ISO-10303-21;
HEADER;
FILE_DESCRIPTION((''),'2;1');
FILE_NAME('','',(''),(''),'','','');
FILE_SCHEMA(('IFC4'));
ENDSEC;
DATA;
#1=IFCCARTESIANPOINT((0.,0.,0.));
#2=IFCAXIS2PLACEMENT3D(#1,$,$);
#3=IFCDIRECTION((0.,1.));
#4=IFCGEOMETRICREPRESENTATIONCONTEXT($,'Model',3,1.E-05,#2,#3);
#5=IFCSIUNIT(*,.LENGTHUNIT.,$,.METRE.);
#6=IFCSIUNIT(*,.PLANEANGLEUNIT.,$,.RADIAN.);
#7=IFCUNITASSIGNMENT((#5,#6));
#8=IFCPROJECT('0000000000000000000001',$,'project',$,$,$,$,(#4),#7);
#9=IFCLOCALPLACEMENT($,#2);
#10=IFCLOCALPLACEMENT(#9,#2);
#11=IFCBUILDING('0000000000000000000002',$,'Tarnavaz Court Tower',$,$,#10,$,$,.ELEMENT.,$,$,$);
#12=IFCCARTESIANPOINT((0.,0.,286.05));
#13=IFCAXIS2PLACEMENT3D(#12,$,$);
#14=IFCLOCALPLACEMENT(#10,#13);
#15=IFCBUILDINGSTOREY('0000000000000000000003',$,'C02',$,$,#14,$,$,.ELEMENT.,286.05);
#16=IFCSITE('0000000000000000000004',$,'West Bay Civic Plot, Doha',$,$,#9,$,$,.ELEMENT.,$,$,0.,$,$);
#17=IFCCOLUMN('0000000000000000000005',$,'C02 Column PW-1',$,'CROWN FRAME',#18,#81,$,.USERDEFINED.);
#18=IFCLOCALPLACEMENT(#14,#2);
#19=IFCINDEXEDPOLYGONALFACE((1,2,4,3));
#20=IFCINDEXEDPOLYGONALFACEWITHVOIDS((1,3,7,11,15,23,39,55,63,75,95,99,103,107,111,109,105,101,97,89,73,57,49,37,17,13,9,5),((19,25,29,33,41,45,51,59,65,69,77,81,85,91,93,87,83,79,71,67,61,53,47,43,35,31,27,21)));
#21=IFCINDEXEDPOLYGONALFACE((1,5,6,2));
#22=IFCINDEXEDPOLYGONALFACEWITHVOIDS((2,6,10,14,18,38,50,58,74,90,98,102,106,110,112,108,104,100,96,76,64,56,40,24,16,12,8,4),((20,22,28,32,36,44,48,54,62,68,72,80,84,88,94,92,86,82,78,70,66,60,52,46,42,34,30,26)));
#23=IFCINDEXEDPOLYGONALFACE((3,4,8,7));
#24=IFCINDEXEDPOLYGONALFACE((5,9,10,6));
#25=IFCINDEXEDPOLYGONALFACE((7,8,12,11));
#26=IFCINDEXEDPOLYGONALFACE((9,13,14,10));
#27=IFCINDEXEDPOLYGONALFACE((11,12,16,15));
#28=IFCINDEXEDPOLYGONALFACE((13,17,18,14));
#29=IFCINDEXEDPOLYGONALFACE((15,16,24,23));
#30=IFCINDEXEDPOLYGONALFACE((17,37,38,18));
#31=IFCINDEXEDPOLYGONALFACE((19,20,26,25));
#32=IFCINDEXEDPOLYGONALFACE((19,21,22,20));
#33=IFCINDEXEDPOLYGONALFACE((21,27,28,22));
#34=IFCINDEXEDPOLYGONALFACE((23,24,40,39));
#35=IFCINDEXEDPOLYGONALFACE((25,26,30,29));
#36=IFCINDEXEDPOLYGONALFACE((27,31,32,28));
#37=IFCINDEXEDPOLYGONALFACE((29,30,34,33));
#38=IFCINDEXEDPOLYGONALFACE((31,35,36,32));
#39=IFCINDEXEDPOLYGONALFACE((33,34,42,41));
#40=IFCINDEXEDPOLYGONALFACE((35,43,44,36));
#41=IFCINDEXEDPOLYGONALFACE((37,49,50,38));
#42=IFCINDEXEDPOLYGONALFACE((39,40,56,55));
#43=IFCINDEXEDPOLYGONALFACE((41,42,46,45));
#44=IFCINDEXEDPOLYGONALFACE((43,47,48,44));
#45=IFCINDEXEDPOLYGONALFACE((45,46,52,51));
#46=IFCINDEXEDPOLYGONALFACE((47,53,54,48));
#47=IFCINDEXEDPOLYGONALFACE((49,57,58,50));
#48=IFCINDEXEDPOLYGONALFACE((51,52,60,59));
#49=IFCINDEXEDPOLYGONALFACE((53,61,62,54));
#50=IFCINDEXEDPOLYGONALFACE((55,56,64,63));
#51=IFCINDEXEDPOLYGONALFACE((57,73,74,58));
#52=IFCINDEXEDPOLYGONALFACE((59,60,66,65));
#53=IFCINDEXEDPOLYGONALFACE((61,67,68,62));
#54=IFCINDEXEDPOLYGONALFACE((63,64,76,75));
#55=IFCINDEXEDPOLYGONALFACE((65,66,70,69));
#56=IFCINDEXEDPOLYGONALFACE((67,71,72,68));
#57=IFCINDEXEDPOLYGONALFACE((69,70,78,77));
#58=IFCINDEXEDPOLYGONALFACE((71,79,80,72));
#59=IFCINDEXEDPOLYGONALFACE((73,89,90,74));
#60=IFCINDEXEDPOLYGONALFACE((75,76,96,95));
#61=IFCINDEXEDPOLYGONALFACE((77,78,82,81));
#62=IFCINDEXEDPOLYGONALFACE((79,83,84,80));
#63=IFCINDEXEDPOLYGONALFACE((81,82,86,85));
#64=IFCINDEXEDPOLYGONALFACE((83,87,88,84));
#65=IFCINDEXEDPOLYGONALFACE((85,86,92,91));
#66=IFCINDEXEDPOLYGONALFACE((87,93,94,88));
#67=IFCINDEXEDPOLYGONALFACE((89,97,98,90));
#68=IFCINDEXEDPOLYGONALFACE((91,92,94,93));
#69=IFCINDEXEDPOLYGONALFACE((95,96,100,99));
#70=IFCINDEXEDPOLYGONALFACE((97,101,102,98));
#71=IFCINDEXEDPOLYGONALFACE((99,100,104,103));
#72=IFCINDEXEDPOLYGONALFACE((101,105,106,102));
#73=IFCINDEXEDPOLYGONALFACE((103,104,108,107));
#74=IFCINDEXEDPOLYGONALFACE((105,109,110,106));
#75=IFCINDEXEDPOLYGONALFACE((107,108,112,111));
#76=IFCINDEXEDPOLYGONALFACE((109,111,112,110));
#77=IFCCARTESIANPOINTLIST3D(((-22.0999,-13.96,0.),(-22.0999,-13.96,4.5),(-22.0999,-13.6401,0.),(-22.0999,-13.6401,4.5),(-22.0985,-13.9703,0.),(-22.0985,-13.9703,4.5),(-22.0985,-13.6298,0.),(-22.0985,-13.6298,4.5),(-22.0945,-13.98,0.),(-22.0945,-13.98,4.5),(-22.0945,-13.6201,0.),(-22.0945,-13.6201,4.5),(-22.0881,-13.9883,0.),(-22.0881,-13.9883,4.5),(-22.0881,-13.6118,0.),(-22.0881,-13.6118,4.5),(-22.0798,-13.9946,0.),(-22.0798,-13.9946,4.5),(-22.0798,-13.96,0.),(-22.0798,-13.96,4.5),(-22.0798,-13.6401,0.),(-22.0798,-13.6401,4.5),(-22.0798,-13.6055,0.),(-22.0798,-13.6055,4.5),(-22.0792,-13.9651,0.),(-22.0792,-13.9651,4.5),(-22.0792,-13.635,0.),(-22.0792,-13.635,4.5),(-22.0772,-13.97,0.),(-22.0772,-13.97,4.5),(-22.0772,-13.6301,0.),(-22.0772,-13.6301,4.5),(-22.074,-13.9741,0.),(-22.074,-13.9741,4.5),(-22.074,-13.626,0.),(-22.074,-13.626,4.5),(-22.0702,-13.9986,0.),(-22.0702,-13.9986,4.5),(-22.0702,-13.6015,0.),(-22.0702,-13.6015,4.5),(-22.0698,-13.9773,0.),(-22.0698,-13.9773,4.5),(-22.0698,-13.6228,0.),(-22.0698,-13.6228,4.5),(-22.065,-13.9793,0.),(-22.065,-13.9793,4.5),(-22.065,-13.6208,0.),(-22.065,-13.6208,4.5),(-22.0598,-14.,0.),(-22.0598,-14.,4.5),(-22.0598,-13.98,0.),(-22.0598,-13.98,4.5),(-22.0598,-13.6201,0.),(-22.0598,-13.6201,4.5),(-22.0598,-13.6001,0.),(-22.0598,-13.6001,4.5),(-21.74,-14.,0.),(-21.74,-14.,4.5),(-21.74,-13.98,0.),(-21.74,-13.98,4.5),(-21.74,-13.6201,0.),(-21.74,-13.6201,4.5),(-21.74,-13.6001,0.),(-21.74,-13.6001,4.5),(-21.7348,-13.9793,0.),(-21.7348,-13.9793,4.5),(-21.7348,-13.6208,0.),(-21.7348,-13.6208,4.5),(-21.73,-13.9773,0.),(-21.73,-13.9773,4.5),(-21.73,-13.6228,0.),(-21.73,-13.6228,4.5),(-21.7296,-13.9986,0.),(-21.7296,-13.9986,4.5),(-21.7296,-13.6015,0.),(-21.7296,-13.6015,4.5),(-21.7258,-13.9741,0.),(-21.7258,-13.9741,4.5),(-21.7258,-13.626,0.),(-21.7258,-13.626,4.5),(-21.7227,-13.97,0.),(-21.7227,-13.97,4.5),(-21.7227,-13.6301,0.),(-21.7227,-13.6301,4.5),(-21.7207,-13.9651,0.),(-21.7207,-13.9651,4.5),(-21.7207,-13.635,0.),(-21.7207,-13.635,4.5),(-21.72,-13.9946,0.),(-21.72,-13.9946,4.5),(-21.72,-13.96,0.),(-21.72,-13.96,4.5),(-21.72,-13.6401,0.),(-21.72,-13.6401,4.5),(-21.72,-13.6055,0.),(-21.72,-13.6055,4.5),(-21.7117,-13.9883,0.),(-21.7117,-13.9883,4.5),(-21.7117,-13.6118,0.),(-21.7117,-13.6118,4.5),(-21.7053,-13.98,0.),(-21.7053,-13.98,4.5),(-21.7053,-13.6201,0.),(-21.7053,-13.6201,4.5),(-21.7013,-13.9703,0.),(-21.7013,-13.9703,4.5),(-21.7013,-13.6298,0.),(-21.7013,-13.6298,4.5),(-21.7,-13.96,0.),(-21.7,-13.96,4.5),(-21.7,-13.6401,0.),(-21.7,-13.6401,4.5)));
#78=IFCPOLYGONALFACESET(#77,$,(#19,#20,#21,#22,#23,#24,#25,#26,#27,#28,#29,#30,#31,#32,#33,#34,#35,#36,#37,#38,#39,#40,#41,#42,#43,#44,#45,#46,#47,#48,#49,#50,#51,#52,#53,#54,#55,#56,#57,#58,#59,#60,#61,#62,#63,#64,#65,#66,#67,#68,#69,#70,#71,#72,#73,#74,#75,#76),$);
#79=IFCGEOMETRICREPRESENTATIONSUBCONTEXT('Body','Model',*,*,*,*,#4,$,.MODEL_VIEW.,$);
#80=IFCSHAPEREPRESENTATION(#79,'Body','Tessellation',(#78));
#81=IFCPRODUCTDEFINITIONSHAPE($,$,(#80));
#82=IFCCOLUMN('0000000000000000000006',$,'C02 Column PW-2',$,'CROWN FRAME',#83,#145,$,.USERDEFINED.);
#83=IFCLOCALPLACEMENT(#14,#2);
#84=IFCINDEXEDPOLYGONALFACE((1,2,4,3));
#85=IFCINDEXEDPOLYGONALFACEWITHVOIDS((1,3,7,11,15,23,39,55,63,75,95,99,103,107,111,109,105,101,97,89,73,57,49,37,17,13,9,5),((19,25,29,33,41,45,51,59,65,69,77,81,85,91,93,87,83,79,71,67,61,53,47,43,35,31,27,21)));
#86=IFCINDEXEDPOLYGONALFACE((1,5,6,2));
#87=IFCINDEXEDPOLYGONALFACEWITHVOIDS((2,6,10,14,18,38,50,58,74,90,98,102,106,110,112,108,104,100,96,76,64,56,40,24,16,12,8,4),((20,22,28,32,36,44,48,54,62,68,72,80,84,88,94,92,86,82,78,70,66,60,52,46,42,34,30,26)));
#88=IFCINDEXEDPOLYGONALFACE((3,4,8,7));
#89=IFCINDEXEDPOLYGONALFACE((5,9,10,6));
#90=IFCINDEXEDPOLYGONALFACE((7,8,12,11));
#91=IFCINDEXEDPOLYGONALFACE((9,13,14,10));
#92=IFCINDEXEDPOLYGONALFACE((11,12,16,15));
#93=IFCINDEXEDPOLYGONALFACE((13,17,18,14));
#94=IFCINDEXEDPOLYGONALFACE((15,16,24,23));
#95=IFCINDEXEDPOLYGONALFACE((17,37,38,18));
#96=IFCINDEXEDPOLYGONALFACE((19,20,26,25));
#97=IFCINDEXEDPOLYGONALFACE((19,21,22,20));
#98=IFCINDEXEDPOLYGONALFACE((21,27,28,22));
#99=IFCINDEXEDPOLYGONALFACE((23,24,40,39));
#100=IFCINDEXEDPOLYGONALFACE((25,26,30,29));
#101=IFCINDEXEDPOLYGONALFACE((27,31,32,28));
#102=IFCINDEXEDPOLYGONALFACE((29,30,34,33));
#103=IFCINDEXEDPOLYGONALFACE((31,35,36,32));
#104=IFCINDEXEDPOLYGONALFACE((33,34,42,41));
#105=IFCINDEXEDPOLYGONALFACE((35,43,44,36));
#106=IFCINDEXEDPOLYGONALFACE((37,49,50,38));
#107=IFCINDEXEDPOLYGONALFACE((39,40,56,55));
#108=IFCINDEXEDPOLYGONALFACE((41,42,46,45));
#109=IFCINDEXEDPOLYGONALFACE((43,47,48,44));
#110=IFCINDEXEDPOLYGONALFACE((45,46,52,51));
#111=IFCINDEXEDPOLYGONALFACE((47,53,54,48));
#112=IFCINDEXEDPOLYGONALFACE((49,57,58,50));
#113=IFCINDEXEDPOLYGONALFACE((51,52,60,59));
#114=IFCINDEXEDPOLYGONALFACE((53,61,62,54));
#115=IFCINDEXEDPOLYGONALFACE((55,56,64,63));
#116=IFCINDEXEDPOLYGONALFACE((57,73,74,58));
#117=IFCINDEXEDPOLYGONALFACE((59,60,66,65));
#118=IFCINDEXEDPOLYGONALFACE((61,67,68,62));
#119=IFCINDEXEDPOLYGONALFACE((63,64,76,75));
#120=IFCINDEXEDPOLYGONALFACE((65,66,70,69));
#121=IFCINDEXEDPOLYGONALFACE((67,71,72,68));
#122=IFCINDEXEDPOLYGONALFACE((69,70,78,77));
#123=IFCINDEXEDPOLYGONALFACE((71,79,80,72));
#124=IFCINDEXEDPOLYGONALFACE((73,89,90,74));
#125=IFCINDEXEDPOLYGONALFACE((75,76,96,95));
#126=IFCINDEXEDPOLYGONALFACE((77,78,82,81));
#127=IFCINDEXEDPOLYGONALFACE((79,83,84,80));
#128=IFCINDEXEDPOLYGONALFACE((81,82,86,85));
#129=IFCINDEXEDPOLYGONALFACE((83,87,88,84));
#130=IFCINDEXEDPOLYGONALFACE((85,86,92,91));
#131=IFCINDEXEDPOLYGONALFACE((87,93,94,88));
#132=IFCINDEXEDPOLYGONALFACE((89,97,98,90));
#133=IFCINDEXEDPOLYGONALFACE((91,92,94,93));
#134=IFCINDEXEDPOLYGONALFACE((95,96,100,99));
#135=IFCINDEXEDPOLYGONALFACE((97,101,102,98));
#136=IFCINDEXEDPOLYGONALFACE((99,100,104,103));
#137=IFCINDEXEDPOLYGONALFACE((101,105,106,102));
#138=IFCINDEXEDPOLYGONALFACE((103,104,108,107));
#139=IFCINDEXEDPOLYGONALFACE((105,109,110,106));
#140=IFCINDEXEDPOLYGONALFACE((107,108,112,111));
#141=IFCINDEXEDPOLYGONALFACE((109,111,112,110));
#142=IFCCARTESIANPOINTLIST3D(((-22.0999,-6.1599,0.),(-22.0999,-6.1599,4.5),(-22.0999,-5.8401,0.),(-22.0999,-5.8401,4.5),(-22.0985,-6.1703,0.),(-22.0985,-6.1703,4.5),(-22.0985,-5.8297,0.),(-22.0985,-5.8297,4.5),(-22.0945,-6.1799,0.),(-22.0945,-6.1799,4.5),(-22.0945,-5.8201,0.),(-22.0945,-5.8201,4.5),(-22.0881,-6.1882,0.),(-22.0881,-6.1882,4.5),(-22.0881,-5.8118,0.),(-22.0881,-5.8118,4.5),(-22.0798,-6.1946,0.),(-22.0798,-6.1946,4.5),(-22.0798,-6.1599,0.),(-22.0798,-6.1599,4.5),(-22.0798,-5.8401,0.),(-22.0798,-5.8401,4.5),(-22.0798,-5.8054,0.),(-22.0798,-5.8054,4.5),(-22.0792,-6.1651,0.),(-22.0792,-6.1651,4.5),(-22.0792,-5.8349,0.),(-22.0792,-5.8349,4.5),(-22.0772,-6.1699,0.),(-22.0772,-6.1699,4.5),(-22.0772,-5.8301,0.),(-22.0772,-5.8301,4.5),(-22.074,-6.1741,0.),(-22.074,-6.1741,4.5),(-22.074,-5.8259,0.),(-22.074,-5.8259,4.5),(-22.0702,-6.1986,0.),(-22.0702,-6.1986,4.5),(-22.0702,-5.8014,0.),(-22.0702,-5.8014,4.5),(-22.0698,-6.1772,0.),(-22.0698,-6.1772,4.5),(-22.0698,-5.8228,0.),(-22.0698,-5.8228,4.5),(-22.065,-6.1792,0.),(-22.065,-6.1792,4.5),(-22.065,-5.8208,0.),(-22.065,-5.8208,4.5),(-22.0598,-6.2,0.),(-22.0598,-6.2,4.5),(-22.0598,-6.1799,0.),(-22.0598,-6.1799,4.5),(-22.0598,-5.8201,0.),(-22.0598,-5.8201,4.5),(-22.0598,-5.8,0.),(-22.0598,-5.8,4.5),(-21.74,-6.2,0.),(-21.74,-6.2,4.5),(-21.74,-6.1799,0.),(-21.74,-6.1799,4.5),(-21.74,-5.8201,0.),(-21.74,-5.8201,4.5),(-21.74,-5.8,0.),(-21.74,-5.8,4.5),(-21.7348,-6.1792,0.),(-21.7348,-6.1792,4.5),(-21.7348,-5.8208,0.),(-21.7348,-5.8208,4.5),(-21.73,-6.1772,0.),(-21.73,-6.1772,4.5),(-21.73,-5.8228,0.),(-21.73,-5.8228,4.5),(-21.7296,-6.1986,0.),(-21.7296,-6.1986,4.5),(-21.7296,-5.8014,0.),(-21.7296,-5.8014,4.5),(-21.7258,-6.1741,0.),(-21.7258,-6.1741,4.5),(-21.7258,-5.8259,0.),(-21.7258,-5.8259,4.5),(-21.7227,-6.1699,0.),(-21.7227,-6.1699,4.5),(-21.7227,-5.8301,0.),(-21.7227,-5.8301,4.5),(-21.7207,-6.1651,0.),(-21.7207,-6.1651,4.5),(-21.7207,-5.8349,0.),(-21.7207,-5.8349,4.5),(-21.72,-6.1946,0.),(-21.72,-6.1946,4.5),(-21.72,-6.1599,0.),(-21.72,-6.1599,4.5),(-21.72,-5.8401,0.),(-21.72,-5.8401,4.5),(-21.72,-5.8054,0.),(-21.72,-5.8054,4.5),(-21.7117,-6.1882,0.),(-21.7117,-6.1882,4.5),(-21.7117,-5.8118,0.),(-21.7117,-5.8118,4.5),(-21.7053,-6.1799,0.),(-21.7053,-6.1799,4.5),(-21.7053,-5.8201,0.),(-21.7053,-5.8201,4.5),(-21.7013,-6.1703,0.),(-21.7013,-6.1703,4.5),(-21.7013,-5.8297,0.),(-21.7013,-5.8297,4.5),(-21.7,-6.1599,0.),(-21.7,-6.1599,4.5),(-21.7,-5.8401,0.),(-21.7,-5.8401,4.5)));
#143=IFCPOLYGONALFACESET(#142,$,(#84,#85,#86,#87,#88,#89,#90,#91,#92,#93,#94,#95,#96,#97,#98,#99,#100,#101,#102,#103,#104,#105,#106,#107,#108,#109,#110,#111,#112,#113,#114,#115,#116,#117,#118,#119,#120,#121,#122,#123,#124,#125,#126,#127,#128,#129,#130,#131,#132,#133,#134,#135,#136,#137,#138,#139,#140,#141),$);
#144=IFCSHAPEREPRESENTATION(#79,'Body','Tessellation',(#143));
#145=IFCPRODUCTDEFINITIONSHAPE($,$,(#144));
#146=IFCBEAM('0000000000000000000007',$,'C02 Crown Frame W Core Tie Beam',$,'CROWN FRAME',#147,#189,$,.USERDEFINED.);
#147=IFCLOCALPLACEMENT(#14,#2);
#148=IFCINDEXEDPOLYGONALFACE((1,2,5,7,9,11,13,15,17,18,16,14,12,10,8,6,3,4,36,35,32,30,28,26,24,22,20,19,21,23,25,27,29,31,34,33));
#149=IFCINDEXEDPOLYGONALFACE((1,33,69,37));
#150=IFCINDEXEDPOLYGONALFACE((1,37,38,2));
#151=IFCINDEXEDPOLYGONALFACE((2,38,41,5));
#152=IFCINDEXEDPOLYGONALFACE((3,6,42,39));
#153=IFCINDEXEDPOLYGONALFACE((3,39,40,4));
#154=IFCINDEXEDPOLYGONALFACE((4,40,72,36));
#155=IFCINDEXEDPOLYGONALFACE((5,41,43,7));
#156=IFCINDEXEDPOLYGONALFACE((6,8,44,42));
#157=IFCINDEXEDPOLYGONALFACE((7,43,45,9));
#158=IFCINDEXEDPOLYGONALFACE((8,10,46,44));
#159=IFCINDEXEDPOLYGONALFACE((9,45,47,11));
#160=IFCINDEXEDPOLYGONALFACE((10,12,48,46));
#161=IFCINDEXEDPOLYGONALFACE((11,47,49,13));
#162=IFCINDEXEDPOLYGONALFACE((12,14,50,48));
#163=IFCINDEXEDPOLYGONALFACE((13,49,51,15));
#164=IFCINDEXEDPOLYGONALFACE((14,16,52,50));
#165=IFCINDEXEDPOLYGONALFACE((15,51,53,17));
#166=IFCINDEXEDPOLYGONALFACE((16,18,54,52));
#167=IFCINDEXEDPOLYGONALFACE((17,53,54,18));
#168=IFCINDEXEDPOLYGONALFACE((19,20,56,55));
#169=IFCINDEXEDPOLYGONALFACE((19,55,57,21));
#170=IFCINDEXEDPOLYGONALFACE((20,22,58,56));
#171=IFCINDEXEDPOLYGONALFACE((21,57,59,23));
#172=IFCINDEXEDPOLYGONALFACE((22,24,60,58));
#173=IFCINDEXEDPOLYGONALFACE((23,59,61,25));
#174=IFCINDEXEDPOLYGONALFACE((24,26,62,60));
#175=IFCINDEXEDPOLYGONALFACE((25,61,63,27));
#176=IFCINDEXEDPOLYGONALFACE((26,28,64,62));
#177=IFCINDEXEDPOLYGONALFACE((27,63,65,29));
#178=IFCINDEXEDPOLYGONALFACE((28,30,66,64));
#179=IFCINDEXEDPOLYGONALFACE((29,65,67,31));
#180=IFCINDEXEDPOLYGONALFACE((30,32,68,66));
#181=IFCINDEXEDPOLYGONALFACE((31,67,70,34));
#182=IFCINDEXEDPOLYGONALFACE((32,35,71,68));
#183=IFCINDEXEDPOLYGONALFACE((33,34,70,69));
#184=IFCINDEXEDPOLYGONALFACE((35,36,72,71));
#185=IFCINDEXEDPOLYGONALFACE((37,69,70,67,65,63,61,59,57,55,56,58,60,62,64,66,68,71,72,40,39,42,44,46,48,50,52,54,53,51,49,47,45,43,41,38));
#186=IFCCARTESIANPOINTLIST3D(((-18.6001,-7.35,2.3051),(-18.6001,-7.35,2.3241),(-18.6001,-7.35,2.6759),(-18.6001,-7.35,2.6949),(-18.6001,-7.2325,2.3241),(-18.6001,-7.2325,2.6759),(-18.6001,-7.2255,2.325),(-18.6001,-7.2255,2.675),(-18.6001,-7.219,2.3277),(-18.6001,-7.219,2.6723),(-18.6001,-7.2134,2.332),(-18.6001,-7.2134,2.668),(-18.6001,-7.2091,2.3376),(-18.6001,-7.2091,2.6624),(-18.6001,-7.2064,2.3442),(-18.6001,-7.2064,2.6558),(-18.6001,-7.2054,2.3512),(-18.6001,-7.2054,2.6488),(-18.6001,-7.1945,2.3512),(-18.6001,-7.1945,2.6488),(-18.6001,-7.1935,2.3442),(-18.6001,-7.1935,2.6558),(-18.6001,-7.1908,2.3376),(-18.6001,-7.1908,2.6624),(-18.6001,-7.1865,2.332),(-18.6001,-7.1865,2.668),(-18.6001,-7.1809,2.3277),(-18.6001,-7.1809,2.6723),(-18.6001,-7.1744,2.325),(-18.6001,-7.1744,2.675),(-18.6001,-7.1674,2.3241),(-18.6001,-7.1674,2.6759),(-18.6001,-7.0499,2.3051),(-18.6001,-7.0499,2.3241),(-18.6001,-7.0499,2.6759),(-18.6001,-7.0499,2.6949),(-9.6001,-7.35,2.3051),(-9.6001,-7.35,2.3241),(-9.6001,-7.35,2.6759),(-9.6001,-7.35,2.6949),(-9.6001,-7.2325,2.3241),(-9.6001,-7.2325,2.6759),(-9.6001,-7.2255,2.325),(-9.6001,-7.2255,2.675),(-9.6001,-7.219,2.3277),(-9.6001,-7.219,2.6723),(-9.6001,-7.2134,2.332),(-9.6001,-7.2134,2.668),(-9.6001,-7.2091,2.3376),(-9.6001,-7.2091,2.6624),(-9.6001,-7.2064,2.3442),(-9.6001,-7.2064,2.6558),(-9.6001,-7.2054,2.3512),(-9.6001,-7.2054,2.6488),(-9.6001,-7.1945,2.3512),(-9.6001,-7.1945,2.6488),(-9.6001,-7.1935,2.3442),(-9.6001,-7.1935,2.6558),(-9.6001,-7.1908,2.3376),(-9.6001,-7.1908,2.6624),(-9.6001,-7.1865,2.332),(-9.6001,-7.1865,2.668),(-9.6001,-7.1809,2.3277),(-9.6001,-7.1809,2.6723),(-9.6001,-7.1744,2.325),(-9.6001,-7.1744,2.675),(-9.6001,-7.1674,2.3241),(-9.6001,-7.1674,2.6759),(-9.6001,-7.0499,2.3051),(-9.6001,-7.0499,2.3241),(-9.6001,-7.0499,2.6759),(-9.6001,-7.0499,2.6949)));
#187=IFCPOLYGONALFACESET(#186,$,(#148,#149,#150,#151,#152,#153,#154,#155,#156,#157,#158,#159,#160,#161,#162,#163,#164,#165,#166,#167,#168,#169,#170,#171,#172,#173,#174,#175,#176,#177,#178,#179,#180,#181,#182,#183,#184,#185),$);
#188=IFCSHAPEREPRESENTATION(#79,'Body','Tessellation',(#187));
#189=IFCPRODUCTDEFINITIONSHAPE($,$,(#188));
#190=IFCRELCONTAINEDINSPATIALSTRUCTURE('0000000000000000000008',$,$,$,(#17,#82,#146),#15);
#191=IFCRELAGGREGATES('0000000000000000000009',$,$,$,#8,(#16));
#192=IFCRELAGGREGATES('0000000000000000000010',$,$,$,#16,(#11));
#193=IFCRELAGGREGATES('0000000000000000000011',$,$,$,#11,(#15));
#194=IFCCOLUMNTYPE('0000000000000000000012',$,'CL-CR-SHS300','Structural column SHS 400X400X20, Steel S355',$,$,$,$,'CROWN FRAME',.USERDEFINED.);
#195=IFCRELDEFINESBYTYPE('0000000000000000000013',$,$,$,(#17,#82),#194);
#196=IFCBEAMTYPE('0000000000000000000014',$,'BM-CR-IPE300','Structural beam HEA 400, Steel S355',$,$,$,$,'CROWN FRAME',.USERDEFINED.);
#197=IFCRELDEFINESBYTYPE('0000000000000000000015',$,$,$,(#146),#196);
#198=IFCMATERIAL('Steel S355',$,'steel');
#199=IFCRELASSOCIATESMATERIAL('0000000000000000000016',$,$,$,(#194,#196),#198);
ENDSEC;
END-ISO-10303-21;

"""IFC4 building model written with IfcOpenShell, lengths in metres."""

from ifc_helpers import new_model, si_unit, direction, frame, origin, origin_2d, place, context, subcontext, project, spatial, hollow_rectangle, i_section, extrude, material, material_profile, profile_set, type_object, element, save


model = new_model("IFC4")

# Units and contexts
model_context = context("Model", 3, precision=1e-05, world=origin(), true_north=direction((0.0, 1.0)))
body_context = subcontext(model_context, "Body", "Model", "MODEL_VIEW")
ifc_project = project(units=[si_unit("LENGTHUNIT", "METRE"), si_unit("PLANEANGLEUNIT", "RADIAN")], contexts=[model_context])

# Site, building, storey
site_placement = place(None, origin())
site = spatial("IfcSite", under=ifc_project, at=site_placement, Name="West Bay Civic Plot, Doha", CompositionType="ELEMENT", RefElevation=0.0)
building_placement = place(site_placement, origin())
building = spatial("IfcBuilding", under=site, at=building_placement, Name="Tarnavaz Court Tower", CompositionType="ELEMENT")
storey_placement = place(building_placement, frame((0.0, 0.0, 286.05)))
storey = spatial("IfcBuildingStorey", under=building, at=storey_placement, Name="C02", CompositionType="ELEMENT", Elevation=286.05)

# Columns
ifc_material_1 = material(Name="Steel S355", Category="steel")
ifc_material_profile_1 = material_profile(ifc_material_1, hollow_rectangle(XDim=0.3999, YDim=0.3999, WallThickness=0.02, InnerFilletRadius=0.02, OuterFilletRadius=0.04, at=origin_2d()), Name="SHS 400X400X20")
ifc_profile_set_1 = profile_set([ifc_material_profile_1], Name="Steel S355")
column_type = type_object("IfcColumnType", Name="CL-CR-SHS300", Description="Structural column SHS 400X400X20, Steel S355", ElementType="CROWN FRAME", PredefinedType="USERDEFINED", material=ifc_profile_set_1)
for number, where, z_axis, x_axis, name in (
    (1, (-21.8999, -13.8, 0.0), (0.0, 0.0, 1.0), (1.0, 0.0, 0.0), "C02 Column PW-1"),
    (2, (-21.8999, -6.0, 0.0), (0.0, 0.0, 1.0), (1.0, 0.0, 0.0), "C02 Column PW-2"),
):
    element("IfcColumn", number, at=place(storey_placement, frame(where, z_axis=z_axis, x_axis=x_axis)), inside=storey, type_object=column_type, Name=name, ObjectType="CROWN FRAME", PredefinedType="USERDEFINED", context=body_context, shape_type="SweptSolid", body=[
        extrude(hollow_rectangle(XDim=0.3999, YDim=0.3999, WallThickness=0.02, InnerFilletRadius=0.02, OuterFilletRadius=0.04, at=origin_2d()), origin(), (0.0, 0.0, 1.0), 4.5),
    ])

# Beam
ifc_material_profile_2 = material_profile(ifc_material_1, i_section(OverallWidth=0.3, OverallDepth=0.3899, WebThickness=0.011, FlangeThickness=0.019, FilletRadius=0.0271, at=origin_2d()), Name="HEA 400")
ifc_profile_set_2 = profile_set([ifc_material_profile_2], Name="Steel S355")
beam_type_1 = type_object("IfcBeamType", Name="BM-CR-IPE300", Description="Structural beam HEA 400, Steel S355", ElementType="CROWN FRAME", PredefinedType="USERDEFINED", material=ifc_profile_set_2)
beam_1_placement = place(storey_placement, frame((-18.6001, -7.2, 2.5), z_axis=(1.0, 0.0, 0.0), x_axis=(0.0, 1.0, 0.0)))
element("IfcBeam", 3, at=beam_1_placement, inside=storey, type_object=beam_type_1, Name="C02 Crown Frame W Core Tie Beam", ObjectType="CROWN FRAME", PredefinedType="USERDEFINED", context=body_context, shape_type="SweptSolid", body=[
    extrude(i_section(OverallWidth=0.3, OverallDepth=0.3899, WebThickness=0.011, FlangeThickness=0.019, FilletRadius=0.0271, at=origin_2d()), origin(), (0.0, 0.0, 1.0), 9.0),
])

save(model, "model.ifc")
